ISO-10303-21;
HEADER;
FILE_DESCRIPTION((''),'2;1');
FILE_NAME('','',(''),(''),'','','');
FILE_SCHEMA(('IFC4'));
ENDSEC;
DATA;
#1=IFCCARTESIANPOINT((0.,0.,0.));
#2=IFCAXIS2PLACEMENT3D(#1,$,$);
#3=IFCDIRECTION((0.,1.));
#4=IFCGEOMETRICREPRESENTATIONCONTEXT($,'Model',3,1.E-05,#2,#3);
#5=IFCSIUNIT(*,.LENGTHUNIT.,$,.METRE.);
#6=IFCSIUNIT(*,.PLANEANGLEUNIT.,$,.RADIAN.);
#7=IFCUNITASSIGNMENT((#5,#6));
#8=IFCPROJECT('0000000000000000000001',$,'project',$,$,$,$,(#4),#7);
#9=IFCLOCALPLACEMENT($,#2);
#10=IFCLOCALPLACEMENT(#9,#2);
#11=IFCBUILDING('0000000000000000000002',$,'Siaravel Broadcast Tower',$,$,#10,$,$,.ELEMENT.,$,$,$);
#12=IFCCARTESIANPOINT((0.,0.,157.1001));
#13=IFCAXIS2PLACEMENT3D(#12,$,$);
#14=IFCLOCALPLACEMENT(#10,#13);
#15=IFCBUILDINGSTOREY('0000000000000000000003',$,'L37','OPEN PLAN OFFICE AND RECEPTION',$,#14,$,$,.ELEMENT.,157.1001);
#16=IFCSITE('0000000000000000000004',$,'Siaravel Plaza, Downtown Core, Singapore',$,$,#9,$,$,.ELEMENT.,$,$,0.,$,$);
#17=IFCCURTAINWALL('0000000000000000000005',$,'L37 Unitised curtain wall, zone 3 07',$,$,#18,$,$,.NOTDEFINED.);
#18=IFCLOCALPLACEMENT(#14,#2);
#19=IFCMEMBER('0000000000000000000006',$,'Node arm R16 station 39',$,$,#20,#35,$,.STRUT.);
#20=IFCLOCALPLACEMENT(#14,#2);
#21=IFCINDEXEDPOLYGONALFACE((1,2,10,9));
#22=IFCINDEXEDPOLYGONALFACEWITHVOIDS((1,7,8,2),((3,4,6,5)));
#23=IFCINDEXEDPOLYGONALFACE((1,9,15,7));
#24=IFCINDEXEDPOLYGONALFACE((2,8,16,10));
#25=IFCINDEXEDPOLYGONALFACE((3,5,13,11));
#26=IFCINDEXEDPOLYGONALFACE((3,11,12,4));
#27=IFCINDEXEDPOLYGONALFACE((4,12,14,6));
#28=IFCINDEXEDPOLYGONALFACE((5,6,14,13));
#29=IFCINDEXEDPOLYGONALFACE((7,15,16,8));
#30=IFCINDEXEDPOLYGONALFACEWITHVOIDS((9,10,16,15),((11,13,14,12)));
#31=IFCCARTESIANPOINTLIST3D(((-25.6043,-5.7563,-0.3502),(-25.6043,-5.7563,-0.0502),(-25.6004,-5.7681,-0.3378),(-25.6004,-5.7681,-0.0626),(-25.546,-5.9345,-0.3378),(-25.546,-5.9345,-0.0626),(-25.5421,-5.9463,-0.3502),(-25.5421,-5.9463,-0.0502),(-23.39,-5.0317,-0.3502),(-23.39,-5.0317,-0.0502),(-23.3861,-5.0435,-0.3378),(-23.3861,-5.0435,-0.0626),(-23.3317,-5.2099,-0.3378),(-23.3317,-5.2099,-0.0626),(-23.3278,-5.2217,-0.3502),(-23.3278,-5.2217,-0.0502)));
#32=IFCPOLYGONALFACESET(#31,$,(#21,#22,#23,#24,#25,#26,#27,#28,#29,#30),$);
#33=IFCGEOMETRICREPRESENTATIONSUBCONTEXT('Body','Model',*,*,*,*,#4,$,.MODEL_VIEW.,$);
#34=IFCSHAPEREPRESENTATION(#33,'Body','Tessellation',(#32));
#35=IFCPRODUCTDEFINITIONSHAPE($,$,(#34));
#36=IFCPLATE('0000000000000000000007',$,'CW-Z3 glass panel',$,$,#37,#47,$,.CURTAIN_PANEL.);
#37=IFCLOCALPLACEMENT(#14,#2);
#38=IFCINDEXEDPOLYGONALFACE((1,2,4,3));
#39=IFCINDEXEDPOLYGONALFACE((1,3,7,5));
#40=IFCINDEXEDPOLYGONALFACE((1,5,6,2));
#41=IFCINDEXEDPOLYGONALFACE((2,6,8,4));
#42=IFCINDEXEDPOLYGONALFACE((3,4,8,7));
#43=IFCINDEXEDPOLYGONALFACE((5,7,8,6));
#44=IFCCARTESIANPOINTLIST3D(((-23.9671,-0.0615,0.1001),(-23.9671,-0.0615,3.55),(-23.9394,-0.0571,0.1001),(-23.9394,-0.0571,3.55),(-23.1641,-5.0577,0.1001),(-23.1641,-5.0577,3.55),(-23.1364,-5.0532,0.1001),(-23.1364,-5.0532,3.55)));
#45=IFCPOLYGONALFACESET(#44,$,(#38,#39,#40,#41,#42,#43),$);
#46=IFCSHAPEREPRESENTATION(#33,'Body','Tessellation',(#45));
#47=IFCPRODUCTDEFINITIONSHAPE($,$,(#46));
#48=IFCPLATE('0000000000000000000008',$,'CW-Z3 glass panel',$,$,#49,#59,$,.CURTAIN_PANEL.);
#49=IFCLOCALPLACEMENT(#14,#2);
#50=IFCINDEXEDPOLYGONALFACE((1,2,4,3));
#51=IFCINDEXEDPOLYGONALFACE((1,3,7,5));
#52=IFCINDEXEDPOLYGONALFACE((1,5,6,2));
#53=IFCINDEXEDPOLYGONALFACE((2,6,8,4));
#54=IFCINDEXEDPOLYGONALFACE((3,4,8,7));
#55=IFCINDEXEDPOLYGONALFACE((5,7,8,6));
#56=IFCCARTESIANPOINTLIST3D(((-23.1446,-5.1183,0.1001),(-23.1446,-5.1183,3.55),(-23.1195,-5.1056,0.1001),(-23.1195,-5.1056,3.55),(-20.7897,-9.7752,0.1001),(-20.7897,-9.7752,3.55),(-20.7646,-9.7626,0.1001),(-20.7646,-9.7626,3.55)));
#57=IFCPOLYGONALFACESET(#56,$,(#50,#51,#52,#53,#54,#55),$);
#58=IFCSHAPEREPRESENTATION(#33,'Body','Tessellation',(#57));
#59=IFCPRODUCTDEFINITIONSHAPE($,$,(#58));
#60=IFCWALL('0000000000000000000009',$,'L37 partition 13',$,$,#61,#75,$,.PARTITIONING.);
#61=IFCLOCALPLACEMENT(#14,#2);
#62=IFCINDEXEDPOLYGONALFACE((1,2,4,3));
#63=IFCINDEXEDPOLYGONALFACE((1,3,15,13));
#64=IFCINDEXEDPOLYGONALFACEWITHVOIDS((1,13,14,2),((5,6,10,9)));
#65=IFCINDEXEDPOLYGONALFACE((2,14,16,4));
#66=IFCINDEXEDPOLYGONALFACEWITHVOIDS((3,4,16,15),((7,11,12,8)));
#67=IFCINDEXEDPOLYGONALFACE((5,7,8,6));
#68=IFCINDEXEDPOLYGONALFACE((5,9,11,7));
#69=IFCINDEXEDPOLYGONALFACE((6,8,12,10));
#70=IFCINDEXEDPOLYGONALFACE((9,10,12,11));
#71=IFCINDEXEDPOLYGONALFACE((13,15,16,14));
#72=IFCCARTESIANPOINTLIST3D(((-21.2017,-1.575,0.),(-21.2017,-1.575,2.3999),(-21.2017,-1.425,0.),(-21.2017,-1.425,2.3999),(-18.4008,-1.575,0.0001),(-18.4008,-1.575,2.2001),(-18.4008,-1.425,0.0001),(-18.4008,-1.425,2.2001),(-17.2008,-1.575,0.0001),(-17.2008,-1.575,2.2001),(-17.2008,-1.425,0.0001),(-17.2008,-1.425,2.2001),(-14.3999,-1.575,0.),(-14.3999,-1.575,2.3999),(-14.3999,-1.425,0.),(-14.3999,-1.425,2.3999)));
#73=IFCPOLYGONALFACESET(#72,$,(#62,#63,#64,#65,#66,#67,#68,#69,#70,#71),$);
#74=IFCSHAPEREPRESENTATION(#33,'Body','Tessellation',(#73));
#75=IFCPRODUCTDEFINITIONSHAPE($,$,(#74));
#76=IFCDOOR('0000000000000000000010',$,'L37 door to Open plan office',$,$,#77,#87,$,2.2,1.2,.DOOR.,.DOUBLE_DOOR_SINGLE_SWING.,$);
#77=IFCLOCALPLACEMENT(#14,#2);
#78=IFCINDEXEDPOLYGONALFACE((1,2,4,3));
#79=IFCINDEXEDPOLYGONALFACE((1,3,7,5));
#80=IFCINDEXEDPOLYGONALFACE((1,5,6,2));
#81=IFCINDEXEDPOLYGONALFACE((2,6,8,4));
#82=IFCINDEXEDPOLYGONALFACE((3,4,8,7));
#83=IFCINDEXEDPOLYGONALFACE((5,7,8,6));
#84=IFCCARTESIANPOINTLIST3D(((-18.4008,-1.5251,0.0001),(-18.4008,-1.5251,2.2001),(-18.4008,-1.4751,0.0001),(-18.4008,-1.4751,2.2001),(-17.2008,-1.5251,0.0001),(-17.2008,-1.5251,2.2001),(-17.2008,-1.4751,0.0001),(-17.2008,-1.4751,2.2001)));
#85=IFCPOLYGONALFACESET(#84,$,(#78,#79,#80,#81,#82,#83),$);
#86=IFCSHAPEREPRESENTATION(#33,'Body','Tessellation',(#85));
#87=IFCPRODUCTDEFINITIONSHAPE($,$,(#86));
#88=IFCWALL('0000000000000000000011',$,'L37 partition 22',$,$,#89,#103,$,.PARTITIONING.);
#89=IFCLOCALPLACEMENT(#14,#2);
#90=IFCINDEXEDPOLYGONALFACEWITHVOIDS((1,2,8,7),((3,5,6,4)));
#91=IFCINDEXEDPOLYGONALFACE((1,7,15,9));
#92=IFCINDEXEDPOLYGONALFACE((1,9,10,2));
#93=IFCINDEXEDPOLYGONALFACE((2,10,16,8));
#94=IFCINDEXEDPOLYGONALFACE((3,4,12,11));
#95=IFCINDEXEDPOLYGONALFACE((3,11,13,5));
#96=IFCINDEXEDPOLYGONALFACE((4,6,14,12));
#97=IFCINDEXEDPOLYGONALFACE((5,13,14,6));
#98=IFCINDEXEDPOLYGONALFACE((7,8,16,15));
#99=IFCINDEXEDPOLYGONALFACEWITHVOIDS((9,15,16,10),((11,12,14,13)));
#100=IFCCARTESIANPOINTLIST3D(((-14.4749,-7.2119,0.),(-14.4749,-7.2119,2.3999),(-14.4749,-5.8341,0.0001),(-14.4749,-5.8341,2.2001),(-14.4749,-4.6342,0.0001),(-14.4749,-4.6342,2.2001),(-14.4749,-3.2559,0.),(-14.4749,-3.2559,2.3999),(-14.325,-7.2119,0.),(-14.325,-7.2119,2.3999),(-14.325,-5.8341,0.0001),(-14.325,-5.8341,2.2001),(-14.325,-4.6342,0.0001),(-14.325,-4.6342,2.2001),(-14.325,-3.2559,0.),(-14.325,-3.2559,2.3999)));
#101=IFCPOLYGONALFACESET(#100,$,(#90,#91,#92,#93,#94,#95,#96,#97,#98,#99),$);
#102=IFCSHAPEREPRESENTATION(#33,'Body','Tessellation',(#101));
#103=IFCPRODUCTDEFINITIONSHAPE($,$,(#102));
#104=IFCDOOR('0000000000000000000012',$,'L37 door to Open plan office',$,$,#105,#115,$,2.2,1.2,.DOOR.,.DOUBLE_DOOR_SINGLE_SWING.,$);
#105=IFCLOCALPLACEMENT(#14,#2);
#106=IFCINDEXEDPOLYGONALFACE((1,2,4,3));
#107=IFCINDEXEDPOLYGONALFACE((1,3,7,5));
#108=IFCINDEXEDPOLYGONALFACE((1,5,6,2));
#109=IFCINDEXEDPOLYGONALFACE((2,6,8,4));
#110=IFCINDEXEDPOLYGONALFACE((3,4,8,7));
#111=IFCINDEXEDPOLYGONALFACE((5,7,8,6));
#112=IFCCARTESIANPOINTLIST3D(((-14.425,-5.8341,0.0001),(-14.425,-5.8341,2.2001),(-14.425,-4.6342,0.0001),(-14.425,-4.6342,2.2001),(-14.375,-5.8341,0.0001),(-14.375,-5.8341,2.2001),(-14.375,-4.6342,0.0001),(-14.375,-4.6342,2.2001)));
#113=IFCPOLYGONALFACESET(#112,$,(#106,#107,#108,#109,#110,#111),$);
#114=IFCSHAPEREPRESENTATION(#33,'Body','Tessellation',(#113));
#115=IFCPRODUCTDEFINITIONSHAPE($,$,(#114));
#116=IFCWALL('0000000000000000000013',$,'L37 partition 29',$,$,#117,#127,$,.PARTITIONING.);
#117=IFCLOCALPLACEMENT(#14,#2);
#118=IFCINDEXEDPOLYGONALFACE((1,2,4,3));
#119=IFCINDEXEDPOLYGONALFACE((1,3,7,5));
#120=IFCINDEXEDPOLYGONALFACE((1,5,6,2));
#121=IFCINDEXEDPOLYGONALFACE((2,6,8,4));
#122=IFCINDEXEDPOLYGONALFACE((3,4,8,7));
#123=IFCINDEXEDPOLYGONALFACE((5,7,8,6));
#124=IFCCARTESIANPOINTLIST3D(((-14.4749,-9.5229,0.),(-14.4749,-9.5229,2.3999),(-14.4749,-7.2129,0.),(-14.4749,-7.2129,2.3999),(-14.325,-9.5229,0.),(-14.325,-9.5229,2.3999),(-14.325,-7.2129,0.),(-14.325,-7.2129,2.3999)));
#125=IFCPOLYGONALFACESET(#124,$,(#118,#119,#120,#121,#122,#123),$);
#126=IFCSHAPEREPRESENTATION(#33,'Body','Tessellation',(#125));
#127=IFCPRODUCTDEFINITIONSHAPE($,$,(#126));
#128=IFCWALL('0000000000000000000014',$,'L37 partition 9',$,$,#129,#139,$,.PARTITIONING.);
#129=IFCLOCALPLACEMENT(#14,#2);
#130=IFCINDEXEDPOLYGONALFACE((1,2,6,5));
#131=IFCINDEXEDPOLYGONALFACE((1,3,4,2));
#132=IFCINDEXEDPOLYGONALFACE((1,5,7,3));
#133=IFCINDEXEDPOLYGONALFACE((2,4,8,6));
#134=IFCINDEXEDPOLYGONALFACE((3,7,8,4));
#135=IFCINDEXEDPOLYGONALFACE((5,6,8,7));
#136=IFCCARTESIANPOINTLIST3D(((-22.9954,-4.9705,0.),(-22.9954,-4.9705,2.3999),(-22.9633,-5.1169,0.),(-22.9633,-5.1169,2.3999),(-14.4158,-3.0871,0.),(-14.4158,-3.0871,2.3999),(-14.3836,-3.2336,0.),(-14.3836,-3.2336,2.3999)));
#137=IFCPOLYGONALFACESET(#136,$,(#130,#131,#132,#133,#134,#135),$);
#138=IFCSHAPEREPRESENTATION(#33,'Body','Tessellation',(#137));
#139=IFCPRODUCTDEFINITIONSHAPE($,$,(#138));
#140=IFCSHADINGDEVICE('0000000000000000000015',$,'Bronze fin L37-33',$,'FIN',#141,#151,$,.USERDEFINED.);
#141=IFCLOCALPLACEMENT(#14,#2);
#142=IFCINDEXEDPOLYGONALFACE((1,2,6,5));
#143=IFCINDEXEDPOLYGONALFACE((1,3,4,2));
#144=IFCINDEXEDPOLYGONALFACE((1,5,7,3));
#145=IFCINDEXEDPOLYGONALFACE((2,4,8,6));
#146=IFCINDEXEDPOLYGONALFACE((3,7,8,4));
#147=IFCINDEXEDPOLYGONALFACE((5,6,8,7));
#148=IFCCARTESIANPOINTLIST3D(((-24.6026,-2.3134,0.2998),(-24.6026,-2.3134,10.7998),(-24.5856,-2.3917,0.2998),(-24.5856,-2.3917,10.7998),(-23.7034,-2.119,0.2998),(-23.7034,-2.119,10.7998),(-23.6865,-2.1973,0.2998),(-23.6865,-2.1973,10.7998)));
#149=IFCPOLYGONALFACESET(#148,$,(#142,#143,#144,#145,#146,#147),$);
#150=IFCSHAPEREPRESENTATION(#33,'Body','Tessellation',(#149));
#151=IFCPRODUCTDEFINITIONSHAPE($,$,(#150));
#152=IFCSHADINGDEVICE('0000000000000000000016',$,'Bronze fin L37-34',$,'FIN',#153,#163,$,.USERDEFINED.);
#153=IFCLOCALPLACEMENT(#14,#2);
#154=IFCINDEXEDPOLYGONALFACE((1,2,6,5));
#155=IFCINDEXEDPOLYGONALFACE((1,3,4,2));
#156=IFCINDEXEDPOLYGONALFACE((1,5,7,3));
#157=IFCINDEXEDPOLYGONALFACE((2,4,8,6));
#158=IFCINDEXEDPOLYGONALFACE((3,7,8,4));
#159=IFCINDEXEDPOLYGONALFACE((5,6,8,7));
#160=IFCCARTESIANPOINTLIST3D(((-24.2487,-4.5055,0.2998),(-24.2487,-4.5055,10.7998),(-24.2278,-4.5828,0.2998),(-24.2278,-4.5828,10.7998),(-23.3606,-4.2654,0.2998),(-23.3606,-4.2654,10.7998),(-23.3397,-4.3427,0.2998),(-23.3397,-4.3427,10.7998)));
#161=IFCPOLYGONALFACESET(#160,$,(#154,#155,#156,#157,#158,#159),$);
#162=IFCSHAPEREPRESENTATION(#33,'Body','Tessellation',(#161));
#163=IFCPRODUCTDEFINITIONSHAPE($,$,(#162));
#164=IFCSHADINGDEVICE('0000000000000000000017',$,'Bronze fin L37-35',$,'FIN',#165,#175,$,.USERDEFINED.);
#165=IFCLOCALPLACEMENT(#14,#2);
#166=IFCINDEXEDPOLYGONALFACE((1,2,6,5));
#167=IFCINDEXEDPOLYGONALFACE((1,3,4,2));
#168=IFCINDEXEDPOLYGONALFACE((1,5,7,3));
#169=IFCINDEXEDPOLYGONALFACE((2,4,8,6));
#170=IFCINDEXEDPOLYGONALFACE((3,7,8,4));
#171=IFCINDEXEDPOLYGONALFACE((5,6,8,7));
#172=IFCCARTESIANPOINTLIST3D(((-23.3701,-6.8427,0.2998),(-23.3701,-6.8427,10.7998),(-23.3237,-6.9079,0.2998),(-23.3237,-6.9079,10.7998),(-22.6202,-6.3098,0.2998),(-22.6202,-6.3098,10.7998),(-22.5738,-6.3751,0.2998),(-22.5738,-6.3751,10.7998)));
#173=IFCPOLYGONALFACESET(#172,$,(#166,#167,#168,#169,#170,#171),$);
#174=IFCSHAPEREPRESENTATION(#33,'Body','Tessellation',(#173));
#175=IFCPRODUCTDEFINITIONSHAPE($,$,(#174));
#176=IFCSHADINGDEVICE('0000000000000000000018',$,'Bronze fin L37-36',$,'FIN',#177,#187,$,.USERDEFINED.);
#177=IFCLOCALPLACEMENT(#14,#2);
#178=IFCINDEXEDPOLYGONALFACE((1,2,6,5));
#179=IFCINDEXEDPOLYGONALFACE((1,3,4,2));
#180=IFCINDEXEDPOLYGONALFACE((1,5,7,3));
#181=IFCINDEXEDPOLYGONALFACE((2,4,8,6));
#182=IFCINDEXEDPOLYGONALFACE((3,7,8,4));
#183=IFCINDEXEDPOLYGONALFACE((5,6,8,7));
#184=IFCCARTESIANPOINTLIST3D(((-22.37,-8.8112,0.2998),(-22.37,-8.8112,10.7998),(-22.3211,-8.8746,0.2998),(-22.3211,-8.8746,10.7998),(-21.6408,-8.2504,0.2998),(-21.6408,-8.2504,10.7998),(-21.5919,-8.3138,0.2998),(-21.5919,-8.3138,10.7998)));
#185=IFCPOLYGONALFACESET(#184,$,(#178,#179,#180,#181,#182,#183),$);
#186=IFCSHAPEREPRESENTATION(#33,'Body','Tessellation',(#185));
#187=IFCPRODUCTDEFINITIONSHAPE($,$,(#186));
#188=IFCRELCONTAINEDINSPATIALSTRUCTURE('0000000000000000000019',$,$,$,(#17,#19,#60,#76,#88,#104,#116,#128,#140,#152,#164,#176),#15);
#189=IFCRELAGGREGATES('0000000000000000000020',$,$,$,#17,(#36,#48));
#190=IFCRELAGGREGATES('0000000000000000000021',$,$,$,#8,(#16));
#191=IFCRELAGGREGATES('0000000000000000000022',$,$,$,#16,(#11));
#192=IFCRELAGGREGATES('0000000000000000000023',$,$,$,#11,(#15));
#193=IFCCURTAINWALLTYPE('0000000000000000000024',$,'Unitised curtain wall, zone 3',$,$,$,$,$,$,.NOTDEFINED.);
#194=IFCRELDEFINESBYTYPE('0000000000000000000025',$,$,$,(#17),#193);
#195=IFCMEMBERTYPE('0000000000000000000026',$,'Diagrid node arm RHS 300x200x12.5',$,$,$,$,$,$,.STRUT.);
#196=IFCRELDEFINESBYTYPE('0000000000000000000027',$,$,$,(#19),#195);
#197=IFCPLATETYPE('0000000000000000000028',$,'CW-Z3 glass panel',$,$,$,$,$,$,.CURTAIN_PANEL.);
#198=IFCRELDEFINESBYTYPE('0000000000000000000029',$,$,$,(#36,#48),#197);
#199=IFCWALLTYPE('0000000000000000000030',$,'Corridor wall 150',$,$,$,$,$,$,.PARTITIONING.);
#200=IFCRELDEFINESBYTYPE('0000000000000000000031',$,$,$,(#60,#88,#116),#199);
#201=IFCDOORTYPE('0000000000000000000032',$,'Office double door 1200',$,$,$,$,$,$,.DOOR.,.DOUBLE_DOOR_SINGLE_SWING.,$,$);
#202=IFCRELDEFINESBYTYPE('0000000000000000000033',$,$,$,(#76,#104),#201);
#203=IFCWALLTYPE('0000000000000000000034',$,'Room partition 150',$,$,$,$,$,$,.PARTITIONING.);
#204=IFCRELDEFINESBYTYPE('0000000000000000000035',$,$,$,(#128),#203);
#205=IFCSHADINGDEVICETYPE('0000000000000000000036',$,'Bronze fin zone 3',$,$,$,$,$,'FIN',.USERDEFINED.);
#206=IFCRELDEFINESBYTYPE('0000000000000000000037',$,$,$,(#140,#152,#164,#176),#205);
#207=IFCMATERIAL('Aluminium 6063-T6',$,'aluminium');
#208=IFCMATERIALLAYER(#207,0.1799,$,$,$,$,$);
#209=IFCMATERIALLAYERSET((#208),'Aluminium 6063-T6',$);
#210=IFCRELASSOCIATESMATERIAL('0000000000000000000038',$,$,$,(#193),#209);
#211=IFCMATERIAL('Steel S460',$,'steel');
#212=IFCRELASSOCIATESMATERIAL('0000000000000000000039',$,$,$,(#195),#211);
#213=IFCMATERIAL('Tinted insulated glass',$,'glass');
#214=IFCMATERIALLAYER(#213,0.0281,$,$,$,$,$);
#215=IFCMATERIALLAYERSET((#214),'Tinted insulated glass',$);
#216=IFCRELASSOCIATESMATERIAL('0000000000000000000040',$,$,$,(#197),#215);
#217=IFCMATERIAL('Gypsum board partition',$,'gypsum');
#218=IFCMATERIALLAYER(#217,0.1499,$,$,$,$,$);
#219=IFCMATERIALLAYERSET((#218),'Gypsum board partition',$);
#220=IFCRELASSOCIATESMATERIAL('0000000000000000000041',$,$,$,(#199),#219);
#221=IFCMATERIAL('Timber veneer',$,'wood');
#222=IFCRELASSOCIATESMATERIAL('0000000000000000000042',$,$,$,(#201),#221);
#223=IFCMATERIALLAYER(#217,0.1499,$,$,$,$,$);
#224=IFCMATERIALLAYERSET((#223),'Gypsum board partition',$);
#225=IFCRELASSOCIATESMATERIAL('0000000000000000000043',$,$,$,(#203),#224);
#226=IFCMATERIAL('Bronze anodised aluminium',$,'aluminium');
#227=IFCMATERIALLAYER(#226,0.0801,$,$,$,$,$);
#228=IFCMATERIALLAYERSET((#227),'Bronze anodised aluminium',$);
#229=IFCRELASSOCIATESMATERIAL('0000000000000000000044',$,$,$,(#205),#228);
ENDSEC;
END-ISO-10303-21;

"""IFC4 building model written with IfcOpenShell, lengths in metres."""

from ifc_helpers import new_model, si_unit, direction, frame, frame_2d, origin, origin_2d, place, context, subcontext, project, spatial, rectangle, hollow_rectangle, extrude, material, layer, layer_set, material_profile, profile_set, type_object, element, fill, aggregate, save


model = new_model("IFC4")

# Units and contexts
model_context = context("Model", 3, precision=1e-05, world=origin(), true_north=direction((0.0, 1.0)))
body_context = subcontext(model_context, "Body", "Model", "MODEL_VIEW")
ifc_project = project(units=[si_unit("LENGTHUNIT", "METRE"), si_unit("PLANEANGLEUNIT", "RADIAN")], contexts=[model_context])

# Site, building, storey
site_placement = place(None, origin())
site = spatial("IfcSite", under=ifc_project, at=site_placement, Name="Siaravel Plaza, Downtown Core, Singapore", CompositionType="ELEMENT", RefElevation=0.0)
building_placement = place(site_placement, origin())
building = spatial("IfcBuilding", under=site, at=building_placement, Name="Siaravel Broadcast Tower", CompositionType="ELEMENT")
storey_placement = place(building_placement, frame((0.0, 0.0, 157.1001)))
storey = spatial("IfcBuildingStorey", under=building, at=storey_placement, Name="L37", Description="OPEN PLAN OFFICE AND RECEPTION", CompositionType="ELEMENT", Elevation=157.1001)

# Curtain wall
ifc_material_1 = material(Name="Aluminium 6063-T6", Category="aluminium")
ifc_layer_1 = layer(ifc_material_1, 0.1799)
ifc_layer_set_1 = layer_set([ifc_layer_1], Name="Aluminium 6063-T6")
curtain_wall_type = type_object("IfcCurtainWallType", Name="Unitised curtain wall, zone 3", PredefinedType="NOTDEFINED", material=ifc_layer_set_1)
curtain_wall_placement = place(storey_placement, origin())
curtain_wall = element("IfcCurtainWall", 1, at=curtain_wall_placement, inside=storey, type_object=curtain_wall_type, Name="L37 Unitised curtain wall, zone 3 07", PredefinedType="NOTDEFINED")

# Member
ifc_material_2 = material(Name="Steel S460", Category="steel")
ifc_material_profile_1 = material_profile(ifc_material_2, hollow_rectangle(XDim=0.2, YDim=0.3, WallThickness=0.0125, at=origin_2d()))
ifc_profile_set_1 = profile_set([ifc_material_profile_1], Name="Steel S460")
member_type_1 = type_object("IfcMemberType", Name="Diagrid node arm RHS 300x200x12.5", PredefinedType="STRUT", material=ifc_profile_set_1)
member_1_placement = place(storey_placement, frame((-23.3589, -5.1267, -0.2002), z_axis=(-0.950408, -0.311005, 0.0), x_axis=(0.311005, -0.950408, 0.0)))
element("IfcMember", 2, at=member_1_placement, inside=storey, type_object=member_type_1, Name="Node arm R16 station 39", PredefinedType="STRUT", context=body_context, shape_type="SweptSolid", body=[
    extrude(hollow_rectangle(XDim=0.2, YDim=0.3, WallThickness=0.0125, at=origin_2d()), origin(), (0.0, 0.0, 1.0), 2.3298),
])

# Plates
ifc_material_3 = material(Name="Tinted insulated glass", Category="glass")
ifc_layer_2 = layer(ifc_material_3, 0.0281)
ifc_layer_set_2 = layer_set([ifc_layer_2], Name="Tinted insulated glass")
plate_type = type_object("IfcPlateType", Name="CW-Z3 glass panel", PredefinedType="CURTAIN_PANEL", material=ifc_layer_set_2)
plate_1_placement = place(storey_placement, frame((-23.5518, -2.5574, 0.1001), z_axis=(0.0, 0.0, 1.0), x_axis=(0.158685, -0.987329, 0.0)))
plate_1 = element("IfcPlate", 3, at=plate_1_placement, type_object=plate_type, Name="CW-Z3 glass panel", PredefinedType="CURTAIN_PANEL", context=body_context, shape_type="SweptSolid", body=[
    extrude(rectangle(XDim=5.0603, YDim=0.0281, at=origin_2d()), origin(), (0.0, 0.0, 1.0), 3.45),
])
plate_2_placement = place(storey_placement, frame((-21.9546, -7.4404, 0.1001), z_axis=(0.0, 0.0, 1.0), x_axis=(0.45126, -0.892393, 0.0)))
plate_2 = element("IfcPlate", 4, at=plate_2_placement, type_object=plate_type, Name="CW-Z3 glass panel", PredefinedType="CURTAIN_PANEL", context=body_context, shape_type="SweptSolid", body=[
    extrude(rectangle(XDim=5.2185, YDim=0.0281, at=origin_2d()), origin(), (0.0, 0.0, 1.0), 3.45),
])
aggregate(curtain_wall, [plate_1, plate_2])

# Walls, openings, doors
ifc_material_4 = material(Name="Gypsum board partition", Category="gypsum")
ifc_layer_3 = layer(ifc_material_4, 0.1499)
ifc_layer_set_3 = layer_set([ifc_layer_3], Name="Gypsum board partition")
wall_type_1 = type_object("IfcWallType", Name="Corridor wall 150", PredefinedType="PARTITIONING", material=ifc_layer_set_3)
wall_1_placement = place(storey_placement, frame((-21.2017, -1.5, 0.0), z_axis=(0.0, 0.0, 1.0), x_axis=(1.0, 0.0, 0.0)))
wall_1 = element("IfcWall", 5, at=wall_1_placement, inside=storey, type_object=wall_type_1, Name="L37 partition 13", PredefinedType="PARTITIONING", context=body_context, shape_type="SweptSolid", body=[
    extrude(rectangle(XDim=6.8018, YDim=0.1499, at=frame_2d((3.4009, 0.0))), origin(), (0.0, 0.0, 1.0), 2.3999),
])
opening_1_placement = place(wall_1_placement, frame((2.8008, 0.0, 0.0)))
opening_1 = element("IfcOpeningElement", 6, at=opening_1_placement, cuts=wall_1, PredefinedType="OPENING", context=body_context, shape_type="SweptSolid", body=[
    extrude(rectangle(XDim=1.2, YDim=2.2, at=frame_2d((0.6001, 1.1001))), frame((0.0, 0.085, 0.0), z_axis=(0.0, -1.0, 0.0), x_axis=(1.0, 0.0, 0.0)), (0.0, 0.0, 1.0), 0.1699),
])
ifc_material_5 = material(Name="Timber veneer", Category="wood")
door_type = type_object("IfcDoorType", Name="Office double door 1200", OperationType="DOUBLE_DOOR_SINGLE_SWING", PredefinedType="DOOR", material=ifc_material_5)
door_1_placement = place(opening_1_placement, origin())
door_1 = element("IfcDoor", 7, at=door_1_placement, inside=storey, type_object=door_type, Name="L37 door to Open plan office", OperationType="DOUBLE_DOOR_SINGLE_SWING", OverallHeight=2.2, OverallWidth=1.2, PredefinedType="DOOR", context=body_context, shape_type="SweptSolid", body=[
    extrude(rectangle(XDim=1.2, YDim=2.2, at=frame_2d((0.6001, 1.1001))), frame((0.0, 0.0249, 0.0), z_axis=(0.0, -1.0, 0.0), x_axis=(1.0, 0.0, 0.0)), (0.0, 0.0, 1.0), 0.05),
])
fill(opening_1, door_1)
wall_2_placement = place(storey_placement, frame((-14.3999, -3.2559, 0.0), z_axis=(0.0, 0.0, 1.0), x_axis=(0.0, -1.0, 0.0)))
wall_2 = element("IfcWall", 8, at=wall_2_placement, inside=storey, type_object=wall_type_1, Name="L37 partition 22", PredefinedType="PARTITIONING", context=body_context, shape_type="SweptSolid", body=[
    extrude(rectangle(XDim=3.9561, YDim=0.1499, at=frame_2d((1.978, 0.0))), origin(), (0.0, 0.0, 1.0), 2.3999),
])
opening_2_placement = place(wall_2_placement, frame((1.3782, 0.0, 0.0)))
opening_2 = element("IfcOpeningElement", 9, at=opening_2_placement, cuts=wall_2, PredefinedType="OPENING", context=body_context, shape_type="SweptSolid", body=[
    extrude(rectangle(XDim=1.2, YDim=2.2, at=frame_2d((0.6001, 1.1001))), frame((0.0, 0.085, 0.0), z_axis=(0.0, -1.0, 0.0), x_axis=(1.0, 0.0, 0.0)), (0.0, 0.0, 1.0), 0.1699),
])
door_2_placement = place(opening_2_placement, origin())
door_2 = element("IfcDoor", 10, at=door_2_placement, inside=storey, type_object=door_type, Name="L37 door to Open plan office", OperationType="DOUBLE_DOOR_SINGLE_SWING", OverallHeight=2.2, OverallWidth=1.2, PredefinedType="DOOR", context=body_context, shape_type="SweptSolid", body=[
    extrude(rectangle(XDim=1.2, YDim=2.2, at=frame_2d((0.6001, 1.1001))), frame((0.0, 0.0249, 0.0), z_axis=(0.0, -1.0, 0.0), x_axis=(1.0, 0.0, 0.0)), (0.0, 0.0, 1.0), 0.05),
])
fill(opening_2, door_2)

# Walls
wall_3_placement = place(storey_placement, frame((-14.3999, -7.2129, 0.0), z_axis=(0.0, 0.0, 1.0), x_axis=(0.0, -1.0, 0.0)))
element("IfcWall", 11, at=wall_3_placement, inside=storey, type_object=wall_type_1, Name="L37 partition 29", PredefinedType="PARTITIONING", context=body_context, shape_type="SweptSolid", body=[
    extrude(rectangle(XDim=2.3101, YDim=0.1499, at=frame_2d((1.155, 0.0))), origin(), (0.0, 0.0, 1.0), 2.3999),
])
ifc_layer_4 = layer(ifc_material_4, 0.1499)
ifc_layer_set_4 = layer_set([ifc_layer_4], Name="Gypsum board partition")
wall_type_2 = type_object("IfcWallType", Name="Room partition 150", PredefinedType="PARTITIONING", material=ifc_layer_set_4)
wall_4_placement = place(storey_placement, frame((-22.9795, -5.0437, 0.0), z_axis=(0.0, 0.0, 1.0), x_axis=(0.976745, 0.214405, 0.0)))
element("IfcWall", 12, at=wall_4_placement, inside=storey, type_object=wall_type_2, Name="L37 partition 9", PredefinedType="PARTITIONING", context=body_context, shape_type="SweptSolid", body=[
    extrude(rectangle(XDim=8.7839, YDim=0.1499, at=frame_2d((4.3921, 0.0))), origin(), (0.0, 0.0, 1.0), 2.3999),
])

# Shading devices
ifc_material_6 = material(Name="Bronze anodised aluminium", Category="aluminium")
ifc_layer_5 = layer(ifc_material_6, 0.0801)
ifc_layer_set_5 = layer_set([ifc_layer_5], Name="Bronze anodised aluminium")
shading_device_type = type_object("IfcShadingDeviceType", Name="Bronze fin zone 3", ElementType="FIN", PredefinedType="USERDEFINED", material=ifc_layer_set_5)
for number, where, z_axis, x_axis, name in (
    (13, (-24.1445, -2.2554, 0.2998), (0.0, 0.0, 1.0), (-0.977421, -0.211299, 0.0), "Bronze fin L37-33"),
    (14, (-23.7942, -4.4241, 0.2998), (0.0, 0.0, 1.0), (-0.965336, -0.26101, 0.0), "Bronze fin L37-34"),
    (15, (-22.9719, -6.6089, 0.2998), (0.0, 0.0, 1.0), (-0.815187, -0.579197, 0.0), "Bronze fin L37-35"),
    (16, (-21.981, -8.5625, 0.2998), (0.0, 0.0, 1.0), (-0.79268, -0.609638, 0.0), "Bronze fin L37-36"),
):
    element("IfcShadingDevice", number, at=place(storey_placement, frame(where, z_axis=z_axis, x_axis=x_axis)), inside=storey, type_object=shading_device_type, Name=name, ObjectType="FIN", PredefinedType="USERDEFINED", context=body_context, shape_type="SweptSolid", body=[
        extrude(rectangle(XDim=0.9199, YDim=0.0801, at=origin_2d()), origin(), (0.0, 0.0, 1.0), 10.5),
    ])

save(model, "model.ifc")
